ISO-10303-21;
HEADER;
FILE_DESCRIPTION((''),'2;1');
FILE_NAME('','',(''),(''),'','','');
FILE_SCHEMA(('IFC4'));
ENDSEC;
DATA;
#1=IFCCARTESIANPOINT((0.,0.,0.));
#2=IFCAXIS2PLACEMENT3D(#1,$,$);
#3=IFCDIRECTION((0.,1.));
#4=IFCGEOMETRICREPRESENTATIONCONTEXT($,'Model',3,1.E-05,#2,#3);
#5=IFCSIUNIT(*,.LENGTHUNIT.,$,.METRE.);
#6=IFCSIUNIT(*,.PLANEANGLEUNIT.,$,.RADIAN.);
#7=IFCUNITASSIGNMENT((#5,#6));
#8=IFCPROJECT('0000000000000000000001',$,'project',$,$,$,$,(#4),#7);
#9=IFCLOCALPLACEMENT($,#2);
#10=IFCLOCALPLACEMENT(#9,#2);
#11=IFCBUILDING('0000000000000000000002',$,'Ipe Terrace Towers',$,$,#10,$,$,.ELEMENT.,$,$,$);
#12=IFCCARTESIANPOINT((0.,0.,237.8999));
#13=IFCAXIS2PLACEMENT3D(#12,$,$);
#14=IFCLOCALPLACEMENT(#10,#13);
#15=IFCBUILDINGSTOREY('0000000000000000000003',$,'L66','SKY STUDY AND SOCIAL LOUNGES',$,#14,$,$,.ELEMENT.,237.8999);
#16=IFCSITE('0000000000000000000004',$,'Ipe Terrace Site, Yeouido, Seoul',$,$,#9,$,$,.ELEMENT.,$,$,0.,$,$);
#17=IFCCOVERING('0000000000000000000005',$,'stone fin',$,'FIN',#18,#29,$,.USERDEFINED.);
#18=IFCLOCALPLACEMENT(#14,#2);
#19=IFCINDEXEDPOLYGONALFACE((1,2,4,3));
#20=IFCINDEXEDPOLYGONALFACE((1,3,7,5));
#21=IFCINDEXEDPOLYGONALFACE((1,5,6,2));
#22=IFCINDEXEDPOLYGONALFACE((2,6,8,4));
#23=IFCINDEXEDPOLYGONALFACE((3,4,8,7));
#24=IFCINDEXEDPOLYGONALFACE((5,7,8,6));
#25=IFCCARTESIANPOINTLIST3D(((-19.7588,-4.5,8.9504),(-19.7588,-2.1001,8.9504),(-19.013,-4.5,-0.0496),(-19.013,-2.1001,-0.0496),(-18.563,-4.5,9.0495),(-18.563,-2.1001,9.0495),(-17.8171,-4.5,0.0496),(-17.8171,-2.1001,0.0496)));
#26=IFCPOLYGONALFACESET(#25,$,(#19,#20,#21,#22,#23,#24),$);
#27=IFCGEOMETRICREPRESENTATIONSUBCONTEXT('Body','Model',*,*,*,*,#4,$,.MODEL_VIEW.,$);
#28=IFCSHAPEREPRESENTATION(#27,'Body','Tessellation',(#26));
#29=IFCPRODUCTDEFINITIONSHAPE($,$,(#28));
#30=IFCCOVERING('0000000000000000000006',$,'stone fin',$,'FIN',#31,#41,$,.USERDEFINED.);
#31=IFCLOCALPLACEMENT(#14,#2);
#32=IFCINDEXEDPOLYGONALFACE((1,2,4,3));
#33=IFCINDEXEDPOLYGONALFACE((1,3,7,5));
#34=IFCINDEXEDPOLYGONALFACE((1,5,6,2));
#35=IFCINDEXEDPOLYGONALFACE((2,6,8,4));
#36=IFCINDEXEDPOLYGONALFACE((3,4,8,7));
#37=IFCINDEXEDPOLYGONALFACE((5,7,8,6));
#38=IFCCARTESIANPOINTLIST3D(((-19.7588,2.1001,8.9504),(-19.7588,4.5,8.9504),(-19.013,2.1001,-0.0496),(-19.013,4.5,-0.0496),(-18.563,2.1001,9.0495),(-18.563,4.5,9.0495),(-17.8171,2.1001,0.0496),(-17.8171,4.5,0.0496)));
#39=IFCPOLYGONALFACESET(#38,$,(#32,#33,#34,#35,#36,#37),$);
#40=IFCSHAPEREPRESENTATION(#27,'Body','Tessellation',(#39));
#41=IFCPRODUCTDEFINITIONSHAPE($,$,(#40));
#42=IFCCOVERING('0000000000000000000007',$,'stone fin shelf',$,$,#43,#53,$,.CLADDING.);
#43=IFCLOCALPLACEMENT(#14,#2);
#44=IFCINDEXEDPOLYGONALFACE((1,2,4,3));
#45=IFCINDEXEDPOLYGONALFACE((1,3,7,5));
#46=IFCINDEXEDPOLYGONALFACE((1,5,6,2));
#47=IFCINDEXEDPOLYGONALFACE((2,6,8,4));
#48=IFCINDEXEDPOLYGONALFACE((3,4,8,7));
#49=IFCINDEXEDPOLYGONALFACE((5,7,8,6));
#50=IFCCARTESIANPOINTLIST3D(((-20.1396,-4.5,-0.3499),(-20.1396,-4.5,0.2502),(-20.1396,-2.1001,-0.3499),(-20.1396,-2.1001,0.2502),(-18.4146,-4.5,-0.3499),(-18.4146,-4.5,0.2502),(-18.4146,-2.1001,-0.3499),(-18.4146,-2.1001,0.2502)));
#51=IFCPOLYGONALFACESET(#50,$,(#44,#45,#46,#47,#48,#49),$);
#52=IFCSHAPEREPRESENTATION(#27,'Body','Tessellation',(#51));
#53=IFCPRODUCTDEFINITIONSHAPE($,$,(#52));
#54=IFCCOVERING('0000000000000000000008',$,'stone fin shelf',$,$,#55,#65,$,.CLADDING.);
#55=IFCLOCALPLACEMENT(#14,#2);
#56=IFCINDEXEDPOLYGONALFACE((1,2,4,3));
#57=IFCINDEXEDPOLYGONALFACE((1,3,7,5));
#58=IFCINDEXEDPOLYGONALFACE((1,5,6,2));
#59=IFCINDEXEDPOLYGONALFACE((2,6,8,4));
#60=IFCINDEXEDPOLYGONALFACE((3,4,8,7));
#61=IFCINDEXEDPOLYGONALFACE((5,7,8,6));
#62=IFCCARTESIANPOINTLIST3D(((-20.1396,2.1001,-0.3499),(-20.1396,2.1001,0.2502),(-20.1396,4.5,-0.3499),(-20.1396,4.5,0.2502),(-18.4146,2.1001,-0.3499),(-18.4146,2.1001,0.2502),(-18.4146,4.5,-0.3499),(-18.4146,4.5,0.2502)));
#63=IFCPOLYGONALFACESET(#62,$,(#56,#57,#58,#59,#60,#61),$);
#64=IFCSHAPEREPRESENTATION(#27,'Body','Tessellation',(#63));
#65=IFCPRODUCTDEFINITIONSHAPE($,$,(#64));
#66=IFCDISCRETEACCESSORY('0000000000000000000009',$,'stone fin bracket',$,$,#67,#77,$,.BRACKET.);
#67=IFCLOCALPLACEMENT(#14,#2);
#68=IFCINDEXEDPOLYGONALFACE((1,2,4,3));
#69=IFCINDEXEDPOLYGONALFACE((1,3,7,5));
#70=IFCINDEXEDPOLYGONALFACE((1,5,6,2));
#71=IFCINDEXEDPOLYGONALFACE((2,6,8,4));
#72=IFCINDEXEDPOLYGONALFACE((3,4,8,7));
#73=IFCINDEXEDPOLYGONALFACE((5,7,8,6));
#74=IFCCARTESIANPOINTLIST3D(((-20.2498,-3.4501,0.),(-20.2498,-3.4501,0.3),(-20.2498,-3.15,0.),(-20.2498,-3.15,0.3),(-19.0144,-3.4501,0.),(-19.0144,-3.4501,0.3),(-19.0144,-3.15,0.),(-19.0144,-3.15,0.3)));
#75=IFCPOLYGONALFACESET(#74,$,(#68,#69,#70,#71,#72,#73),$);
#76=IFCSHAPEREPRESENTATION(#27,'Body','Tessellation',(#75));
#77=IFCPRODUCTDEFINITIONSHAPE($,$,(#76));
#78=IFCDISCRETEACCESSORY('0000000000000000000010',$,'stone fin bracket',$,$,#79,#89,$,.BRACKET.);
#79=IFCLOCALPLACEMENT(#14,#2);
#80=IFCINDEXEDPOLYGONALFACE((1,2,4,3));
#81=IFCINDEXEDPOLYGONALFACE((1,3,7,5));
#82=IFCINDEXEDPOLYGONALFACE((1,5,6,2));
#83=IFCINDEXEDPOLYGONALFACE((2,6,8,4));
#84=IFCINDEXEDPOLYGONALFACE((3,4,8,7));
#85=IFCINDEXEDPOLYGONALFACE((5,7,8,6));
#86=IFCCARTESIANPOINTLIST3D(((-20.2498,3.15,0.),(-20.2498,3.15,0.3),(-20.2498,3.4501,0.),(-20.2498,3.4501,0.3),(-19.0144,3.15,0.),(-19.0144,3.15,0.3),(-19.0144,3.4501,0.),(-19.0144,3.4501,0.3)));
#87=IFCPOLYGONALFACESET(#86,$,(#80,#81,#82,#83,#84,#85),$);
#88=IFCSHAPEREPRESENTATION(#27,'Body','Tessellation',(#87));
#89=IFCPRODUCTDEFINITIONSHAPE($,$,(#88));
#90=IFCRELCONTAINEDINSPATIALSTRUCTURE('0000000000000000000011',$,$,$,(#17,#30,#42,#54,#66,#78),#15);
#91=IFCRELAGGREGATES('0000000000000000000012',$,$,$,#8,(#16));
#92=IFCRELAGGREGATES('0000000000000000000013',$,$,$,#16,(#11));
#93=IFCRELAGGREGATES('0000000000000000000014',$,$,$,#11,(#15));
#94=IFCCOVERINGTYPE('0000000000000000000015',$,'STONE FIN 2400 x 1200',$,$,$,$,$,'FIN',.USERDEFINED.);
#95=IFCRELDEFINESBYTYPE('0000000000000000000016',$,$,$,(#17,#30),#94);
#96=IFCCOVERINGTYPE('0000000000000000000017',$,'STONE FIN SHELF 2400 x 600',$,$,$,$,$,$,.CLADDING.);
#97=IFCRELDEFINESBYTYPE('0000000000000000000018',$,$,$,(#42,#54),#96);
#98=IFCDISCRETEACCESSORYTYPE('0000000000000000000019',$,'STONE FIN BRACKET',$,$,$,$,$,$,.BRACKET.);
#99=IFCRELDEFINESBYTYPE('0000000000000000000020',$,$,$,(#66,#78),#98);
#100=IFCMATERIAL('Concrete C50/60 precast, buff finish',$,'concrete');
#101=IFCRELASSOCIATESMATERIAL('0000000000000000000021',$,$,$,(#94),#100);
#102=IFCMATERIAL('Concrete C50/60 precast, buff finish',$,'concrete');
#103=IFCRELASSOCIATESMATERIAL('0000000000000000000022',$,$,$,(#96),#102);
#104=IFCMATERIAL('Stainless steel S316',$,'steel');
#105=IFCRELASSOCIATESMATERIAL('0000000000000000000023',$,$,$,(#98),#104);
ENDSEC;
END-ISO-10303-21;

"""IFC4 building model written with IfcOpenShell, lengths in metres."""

from ifc_helpers import new_model, si_unit, direction, frame, origin, origin_2d, place, context, subcontext, project, spatial, rectangle, extrude, material, material_profile, profile_set, type_object, element, save


model = new_model("IFC4")

# Units and contexts
model_context = context("Model", 3, precision=1e-05, world=origin(), true_north=direction((0.0, 1.0)))
body_context = subcontext(model_context, "Body", "Model", "MODEL_VIEW")
ifc_project = project(units=[si_unit("LENGTHUNIT", "METRE"), si_unit("PLANEANGLEUNIT", "RADIAN")], contexts=[model_context])

# Site, building, storey
site_placement = place(None, origin())
site = spatial("IfcSite", under=ifc_project, at=site_placement, Name="Ipe Terrace Site, Yeouido, Seoul", CompositionType="ELEMENT", RefElevation=0.0)
building_placement = place(site_placement, origin())
building = spatial("IfcBuilding", under=site, at=building_placement, Name="Ipe Terrace Towers", CompositionType="ELEMENT")
storey_placement = place(building_placement, frame((0.0, 0.0, 237.8999)))
storey = spatial("IfcBuildingStorey", under=building, at=storey_placement, Name="L66", Description="SKY STUDY AND SOCIAL LOUNGES", CompositionType="ELEMENT", Elevation=237.8999)

# Coverings
ifc_material_1 = material(Name="Concrete C50/60 precast, buff finish", Category="concrete")
ifc_material_profile = material_profile(ifc_material_1, rectangle(XDim=2.3999, YDim=1.2, at=origin_2d()), Name="STONE FIN 2400 x 1200")
ifc_profile_set = profile_set([ifc_material_profile], Name="Concrete C50/60 precast, buff finish")
covering_type_1 = type_object("IfcCoveringType", Name="STONE FIN 2400 x 1200", ElementType="FIN", PredefinedType="USERDEFINED", material=ifc_profile_set)
for number, where, z_axis, x_axis, name in (
    (1, (-18.415, -3.3, 0.0), (-0.082589, 0.0, 0.996584), (0.0, 1.0, 0.0), "stone fin"),
    (2, (-18.415, 3.3, 0.0), (-0.082589, 0.0, 0.996584), (0.0, 1.0, 0.0), "stone fin"),
):
    element("IfcCovering", number, at=place(storey_placement, frame(where, z_axis=z_axis, x_axis=x_axis)), inside=storey, type_object=covering_type_1, Name=name, ObjectType="FIN", PredefinedType="USERDEFINED", context=body_context, shape_type="SweptSolid", body=[
        extrude(rectangle(XDim=2.3999, YDim=1.2, at=origin_2d()), origin(), (0.0, 0.0, 1.0), 9.0308),
    ])
ifc_material_2 = material(Name="Concrete C50/60 precast, buff finish", Category="concrete")
covering_type_2 = type_object("IfcCoveringType", Name="STONE FIN SHELF 2400 x 600", PredefinedType="CLADDING", material=ifc_material_2)
for number, where, z_axis, x_axis, name in (
    (3, (-19.2771, -3.3, -0.3499), (0.0, 0.0, 1.0), (0.0, 1.0, 0.0), "stone fin shelf"),
    (4, (-19.2771, 3.3, -0.3499), (0.0, 0.0, 1.0), (0.0, 1.0, 0.0), "stone fin shelf"),
):
    element("IfcCovering", number, at=place(storey_placement, frame(where, z_axis=z_axis, x_axis=x_axis)), inside=storey, type_object=covering_type_2, Name=name, PredefinedType="CLADDING", context=body_context, shape_type="SweptSolid", body=[
        extrude(rectangle(XDim=2.3999, YDim=1.7251, at=origin_2d()), origin(), (0.0, 0.0, 1.0), 0.6001),
    ])

# Discrete accessories
ifc_material_3 = material(Name="Stainless steel S316", Category="steel")
discrete_accessory_type = type_object("IfcDiscreteAccessoryType", Name="STONE FIN BRACKET", PredefinedType="BRACKET", material=ifc_material_3)
for number, where, z_axis, x_axis, name in (
    (5, (-19.6321, -3.3, 0.0), (0.0, 0.0, 1.0), (0.0, 1.0, 0.0), "stone fin bracket"),
    (6, (-19.6321, 3.3, 0.0), (0.0, 0.0, 1.0), (0.0, 1.0, 0.0), "stone fin bracket"),
):
    element("IfcDiscreteAccessory", number, at=place(storey_placement, frame(where, z_axis=z_axis, x_axis=x_axis)), inside=storey, type_object=discrete_accessory_type, Name=name, PredefinedType="BRACKET", context=body_context, shape_type="SweptSolid", body=[
        extrude(rectangle(XDim=0.3, YDim=1.2354, at=origin_2d()), origin(), (0.0, 0.0, 1.0), 0.3),
    ])

save(model, "model.ifc")
